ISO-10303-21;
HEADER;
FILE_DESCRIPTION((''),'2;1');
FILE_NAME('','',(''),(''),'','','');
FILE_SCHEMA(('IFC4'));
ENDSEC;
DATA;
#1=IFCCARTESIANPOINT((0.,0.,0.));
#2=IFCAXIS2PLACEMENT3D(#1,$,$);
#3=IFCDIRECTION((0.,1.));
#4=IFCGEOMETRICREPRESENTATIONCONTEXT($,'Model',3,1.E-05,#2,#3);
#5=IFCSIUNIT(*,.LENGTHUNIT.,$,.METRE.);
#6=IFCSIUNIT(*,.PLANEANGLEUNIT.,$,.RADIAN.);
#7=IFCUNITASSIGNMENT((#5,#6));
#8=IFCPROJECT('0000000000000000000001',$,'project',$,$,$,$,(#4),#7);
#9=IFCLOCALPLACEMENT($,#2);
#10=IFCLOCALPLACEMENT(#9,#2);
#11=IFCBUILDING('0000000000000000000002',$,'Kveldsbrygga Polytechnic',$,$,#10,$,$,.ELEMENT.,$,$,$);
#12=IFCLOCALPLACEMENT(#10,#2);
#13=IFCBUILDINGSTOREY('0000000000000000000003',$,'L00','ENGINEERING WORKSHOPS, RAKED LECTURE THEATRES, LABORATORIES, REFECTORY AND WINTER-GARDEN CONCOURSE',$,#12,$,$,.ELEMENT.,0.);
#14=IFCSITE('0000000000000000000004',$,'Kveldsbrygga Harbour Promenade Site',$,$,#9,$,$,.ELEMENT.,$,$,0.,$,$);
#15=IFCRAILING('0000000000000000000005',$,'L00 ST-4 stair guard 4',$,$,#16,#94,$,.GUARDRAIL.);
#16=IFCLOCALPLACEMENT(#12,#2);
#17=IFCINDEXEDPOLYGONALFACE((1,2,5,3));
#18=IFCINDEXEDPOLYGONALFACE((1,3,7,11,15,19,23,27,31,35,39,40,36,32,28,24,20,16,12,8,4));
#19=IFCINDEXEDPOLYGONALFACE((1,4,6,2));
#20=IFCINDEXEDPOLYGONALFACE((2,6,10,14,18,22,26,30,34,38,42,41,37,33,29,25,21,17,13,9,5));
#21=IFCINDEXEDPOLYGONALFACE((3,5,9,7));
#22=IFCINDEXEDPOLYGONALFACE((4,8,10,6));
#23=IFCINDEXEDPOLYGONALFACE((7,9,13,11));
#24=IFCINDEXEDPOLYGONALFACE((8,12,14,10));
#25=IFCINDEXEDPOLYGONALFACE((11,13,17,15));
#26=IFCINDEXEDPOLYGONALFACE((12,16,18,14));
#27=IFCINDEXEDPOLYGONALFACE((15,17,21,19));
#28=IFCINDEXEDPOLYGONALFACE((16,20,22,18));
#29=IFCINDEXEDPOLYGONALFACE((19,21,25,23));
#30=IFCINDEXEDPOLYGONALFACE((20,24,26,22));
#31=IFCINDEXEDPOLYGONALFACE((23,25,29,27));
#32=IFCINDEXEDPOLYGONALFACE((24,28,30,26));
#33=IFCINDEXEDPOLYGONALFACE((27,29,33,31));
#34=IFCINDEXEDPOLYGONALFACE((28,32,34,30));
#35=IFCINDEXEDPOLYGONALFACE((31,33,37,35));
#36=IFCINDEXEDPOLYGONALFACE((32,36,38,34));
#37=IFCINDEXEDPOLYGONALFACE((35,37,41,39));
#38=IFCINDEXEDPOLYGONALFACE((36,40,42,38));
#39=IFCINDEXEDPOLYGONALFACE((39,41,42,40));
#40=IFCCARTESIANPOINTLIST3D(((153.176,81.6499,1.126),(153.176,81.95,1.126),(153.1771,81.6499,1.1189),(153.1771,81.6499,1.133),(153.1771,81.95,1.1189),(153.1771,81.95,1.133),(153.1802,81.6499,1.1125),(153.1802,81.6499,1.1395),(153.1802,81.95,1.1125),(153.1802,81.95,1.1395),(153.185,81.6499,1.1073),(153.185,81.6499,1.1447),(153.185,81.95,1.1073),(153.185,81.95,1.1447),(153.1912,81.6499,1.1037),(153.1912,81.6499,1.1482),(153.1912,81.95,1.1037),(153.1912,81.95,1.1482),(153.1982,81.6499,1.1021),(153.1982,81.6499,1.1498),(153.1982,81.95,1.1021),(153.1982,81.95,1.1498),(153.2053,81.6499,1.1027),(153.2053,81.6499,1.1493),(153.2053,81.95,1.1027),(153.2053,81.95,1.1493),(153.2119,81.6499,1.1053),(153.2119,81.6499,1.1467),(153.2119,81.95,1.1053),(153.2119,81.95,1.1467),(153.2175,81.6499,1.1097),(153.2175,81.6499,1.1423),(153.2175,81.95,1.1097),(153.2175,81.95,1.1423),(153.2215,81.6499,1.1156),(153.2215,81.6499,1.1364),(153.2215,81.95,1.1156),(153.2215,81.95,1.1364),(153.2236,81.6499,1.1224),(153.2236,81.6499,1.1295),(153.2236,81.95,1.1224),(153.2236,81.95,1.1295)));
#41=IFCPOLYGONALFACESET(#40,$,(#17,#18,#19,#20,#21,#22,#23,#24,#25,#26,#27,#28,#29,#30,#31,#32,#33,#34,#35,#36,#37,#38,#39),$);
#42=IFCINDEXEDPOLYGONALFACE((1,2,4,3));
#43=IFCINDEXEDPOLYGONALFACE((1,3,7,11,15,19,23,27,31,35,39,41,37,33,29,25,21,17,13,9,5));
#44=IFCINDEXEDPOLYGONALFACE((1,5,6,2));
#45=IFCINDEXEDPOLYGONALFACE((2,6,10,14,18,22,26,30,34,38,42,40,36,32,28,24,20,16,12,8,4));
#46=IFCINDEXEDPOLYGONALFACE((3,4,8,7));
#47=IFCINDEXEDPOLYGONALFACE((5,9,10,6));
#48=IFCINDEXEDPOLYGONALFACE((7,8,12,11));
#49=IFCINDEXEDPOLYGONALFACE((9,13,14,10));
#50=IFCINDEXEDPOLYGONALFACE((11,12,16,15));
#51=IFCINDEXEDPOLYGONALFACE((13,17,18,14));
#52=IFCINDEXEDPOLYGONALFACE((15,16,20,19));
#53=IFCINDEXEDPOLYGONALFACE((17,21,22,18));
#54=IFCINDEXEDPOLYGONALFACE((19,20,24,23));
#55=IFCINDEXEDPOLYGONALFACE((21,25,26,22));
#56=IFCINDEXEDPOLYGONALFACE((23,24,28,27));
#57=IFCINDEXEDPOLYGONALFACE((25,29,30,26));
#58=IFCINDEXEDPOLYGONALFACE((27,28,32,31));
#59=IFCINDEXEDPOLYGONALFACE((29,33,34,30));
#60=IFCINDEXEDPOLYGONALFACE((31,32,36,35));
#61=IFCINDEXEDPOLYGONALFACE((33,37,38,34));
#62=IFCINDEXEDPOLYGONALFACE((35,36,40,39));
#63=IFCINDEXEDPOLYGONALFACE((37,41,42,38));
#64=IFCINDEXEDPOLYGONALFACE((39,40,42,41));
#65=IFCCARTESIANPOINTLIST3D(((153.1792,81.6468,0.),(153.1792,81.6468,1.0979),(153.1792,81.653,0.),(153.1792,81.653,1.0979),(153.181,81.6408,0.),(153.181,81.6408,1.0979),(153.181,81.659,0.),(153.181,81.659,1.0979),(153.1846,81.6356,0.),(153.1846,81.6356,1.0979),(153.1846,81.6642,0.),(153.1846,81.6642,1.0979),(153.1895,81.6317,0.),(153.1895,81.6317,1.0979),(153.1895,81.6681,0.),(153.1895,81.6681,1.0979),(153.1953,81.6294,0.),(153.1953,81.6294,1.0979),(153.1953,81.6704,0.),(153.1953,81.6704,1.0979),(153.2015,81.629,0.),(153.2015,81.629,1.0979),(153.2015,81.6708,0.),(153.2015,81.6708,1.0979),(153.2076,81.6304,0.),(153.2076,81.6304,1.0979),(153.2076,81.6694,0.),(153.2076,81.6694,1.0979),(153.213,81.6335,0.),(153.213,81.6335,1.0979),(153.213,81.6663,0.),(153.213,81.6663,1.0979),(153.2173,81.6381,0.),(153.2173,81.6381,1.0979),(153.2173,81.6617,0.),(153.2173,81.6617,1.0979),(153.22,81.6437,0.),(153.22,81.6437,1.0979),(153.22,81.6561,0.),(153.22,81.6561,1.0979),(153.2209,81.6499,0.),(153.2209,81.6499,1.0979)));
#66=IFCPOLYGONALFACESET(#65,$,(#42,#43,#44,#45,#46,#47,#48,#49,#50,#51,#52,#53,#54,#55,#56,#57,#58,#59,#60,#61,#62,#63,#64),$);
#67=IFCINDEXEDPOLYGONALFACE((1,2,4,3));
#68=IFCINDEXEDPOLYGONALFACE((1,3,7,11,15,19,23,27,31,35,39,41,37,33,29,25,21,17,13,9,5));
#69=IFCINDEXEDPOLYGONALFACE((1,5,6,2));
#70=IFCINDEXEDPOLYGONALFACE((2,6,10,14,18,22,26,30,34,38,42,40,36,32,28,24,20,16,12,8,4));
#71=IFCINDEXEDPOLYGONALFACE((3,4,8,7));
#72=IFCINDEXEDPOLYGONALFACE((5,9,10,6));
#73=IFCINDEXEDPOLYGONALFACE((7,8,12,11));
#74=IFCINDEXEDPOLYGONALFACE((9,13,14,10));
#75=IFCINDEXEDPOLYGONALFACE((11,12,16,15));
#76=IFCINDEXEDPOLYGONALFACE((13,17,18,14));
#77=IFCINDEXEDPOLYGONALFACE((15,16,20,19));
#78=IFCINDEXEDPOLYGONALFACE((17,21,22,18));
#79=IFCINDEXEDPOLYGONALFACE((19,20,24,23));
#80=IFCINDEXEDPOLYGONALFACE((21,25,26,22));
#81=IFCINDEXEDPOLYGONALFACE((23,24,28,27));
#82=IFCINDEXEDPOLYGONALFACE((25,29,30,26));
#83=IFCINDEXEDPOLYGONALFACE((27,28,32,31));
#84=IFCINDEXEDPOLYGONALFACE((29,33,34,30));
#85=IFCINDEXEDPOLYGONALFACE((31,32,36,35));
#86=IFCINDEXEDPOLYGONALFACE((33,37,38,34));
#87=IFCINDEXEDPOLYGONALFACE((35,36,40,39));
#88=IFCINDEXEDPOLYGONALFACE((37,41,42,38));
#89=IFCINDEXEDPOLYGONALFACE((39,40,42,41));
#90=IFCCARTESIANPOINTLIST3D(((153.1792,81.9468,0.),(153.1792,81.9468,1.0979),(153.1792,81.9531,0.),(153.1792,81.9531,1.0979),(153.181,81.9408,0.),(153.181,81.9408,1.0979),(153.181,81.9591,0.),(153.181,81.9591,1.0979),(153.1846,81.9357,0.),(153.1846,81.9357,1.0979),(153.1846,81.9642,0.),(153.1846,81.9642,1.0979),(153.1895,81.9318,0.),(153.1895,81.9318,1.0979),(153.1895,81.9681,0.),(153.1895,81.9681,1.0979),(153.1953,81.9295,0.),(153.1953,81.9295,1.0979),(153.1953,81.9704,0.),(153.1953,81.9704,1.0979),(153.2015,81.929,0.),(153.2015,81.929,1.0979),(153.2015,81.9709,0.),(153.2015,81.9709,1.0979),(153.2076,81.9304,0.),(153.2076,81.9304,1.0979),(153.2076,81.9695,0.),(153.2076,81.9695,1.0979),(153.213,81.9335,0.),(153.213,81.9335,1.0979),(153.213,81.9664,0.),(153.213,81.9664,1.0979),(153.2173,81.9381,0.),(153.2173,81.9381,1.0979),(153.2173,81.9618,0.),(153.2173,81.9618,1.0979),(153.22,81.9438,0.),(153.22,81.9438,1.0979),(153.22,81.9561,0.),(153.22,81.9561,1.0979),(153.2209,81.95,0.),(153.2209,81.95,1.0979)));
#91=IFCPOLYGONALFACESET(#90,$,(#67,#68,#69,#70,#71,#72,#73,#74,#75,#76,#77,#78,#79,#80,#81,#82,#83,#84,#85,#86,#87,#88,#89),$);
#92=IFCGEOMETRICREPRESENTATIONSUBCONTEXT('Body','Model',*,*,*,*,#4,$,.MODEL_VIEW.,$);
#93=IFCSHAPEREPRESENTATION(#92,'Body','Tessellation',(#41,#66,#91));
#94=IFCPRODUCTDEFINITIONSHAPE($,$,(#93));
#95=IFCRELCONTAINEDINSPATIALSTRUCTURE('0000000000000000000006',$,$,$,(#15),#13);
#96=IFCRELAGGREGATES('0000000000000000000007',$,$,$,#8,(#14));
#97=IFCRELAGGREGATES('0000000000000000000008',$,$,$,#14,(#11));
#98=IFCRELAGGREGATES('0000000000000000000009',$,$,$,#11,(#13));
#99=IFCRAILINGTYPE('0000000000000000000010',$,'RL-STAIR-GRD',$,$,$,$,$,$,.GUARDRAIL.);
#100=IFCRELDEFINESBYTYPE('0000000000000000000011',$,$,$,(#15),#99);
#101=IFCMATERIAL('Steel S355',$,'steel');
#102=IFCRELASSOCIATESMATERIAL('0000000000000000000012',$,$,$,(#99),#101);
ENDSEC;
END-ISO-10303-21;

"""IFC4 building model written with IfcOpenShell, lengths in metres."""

from ifc_helpers import new_model, si_unit, direction, frame, origin, origin_2d, place, context, subcontext, project, spatial, circle, extrude, material, type_object, element, save


model = new_model("IFC4")

# Units and contexts
model_context = context("Model", 3, precision=1e-05, world=origin(), true_north=direction((0.0, 1.0)))
body_context = subcontext(model_context, "Body", "Model", "MODEL_VIEW")
ifc_project = project(units=[si_unit("LENGTHUNIT", "METRE"), si_unit("PLANEANGLEUNIT", "RADIAN")], contexts=[model_context])

# Site, building, storey
site_placement = place(None, origin())
site = spatial("IfcSite", under=ifc_project, at=site_placement, Name="Kveldsbrygga Harbour Promenade Site", CompositionType="ELEMENT", RefElevation=0.0)
building_placement = place(site_placement, origin())
building = spatial("IfcBuilding", under=site, at=building_placement, Name="Kveldsbrygga Polytechnic", CompositionType="ELEMENT")
storey_placement = place(building_placement, origin())
storey = spatial("IfcBuildingStorey", under=building, at=storey_placement, Name="L00", Description="ENGINEERING WORKSHOPS, RAKED LECTURE THEATRES, LABORATORIES, REFECTORY AND WINTER-GARDEN CONCOURSE", CompositionType="ELEMENT", Elevation=0.0)

# Shared definitions
ifc_material_1 = material(Name="Steel S355", Category="steel")

# Railing
railing_type_1 = type_object("IfcRailingType", Name="RL-STAIR-GRD", PredefinedType="GUARDRAIL", material=ifc_material_1)
railing_1_placement = place(storey_placement, frame((153.2, 81.6499, 0.0)))
element("IfcRailing", 1, at=railing_1_placement, inside=storey, type_object=railing_type_1, Name="L00 ST-4 stair guard 4", PredefinedType="GUARDRAIL", context=body_context, shape_type="SweptSolid", body=[
    extrude(circle(Radius=0.0239, at=origin_2d()), frame((0.0, 0.0, 1.126), z_axis=(0.0, 1.0, 0.0), x_axis=(-1.0, 0.0, 0.0)), (0.0, 0.0, 1.0), 0.3),
    extrude(circle(Radius=0.021, at=origin_2d()), origin(), (0.0, 0.0, 1.0), 1.0979),
    extrude(circle(Radius=0.021, at=origin_2d()), frame((0.0, 0.3, 0.0)), (0.0, 0.0, 1.0), 1.0979),
])

save(model, "model.ifc")
